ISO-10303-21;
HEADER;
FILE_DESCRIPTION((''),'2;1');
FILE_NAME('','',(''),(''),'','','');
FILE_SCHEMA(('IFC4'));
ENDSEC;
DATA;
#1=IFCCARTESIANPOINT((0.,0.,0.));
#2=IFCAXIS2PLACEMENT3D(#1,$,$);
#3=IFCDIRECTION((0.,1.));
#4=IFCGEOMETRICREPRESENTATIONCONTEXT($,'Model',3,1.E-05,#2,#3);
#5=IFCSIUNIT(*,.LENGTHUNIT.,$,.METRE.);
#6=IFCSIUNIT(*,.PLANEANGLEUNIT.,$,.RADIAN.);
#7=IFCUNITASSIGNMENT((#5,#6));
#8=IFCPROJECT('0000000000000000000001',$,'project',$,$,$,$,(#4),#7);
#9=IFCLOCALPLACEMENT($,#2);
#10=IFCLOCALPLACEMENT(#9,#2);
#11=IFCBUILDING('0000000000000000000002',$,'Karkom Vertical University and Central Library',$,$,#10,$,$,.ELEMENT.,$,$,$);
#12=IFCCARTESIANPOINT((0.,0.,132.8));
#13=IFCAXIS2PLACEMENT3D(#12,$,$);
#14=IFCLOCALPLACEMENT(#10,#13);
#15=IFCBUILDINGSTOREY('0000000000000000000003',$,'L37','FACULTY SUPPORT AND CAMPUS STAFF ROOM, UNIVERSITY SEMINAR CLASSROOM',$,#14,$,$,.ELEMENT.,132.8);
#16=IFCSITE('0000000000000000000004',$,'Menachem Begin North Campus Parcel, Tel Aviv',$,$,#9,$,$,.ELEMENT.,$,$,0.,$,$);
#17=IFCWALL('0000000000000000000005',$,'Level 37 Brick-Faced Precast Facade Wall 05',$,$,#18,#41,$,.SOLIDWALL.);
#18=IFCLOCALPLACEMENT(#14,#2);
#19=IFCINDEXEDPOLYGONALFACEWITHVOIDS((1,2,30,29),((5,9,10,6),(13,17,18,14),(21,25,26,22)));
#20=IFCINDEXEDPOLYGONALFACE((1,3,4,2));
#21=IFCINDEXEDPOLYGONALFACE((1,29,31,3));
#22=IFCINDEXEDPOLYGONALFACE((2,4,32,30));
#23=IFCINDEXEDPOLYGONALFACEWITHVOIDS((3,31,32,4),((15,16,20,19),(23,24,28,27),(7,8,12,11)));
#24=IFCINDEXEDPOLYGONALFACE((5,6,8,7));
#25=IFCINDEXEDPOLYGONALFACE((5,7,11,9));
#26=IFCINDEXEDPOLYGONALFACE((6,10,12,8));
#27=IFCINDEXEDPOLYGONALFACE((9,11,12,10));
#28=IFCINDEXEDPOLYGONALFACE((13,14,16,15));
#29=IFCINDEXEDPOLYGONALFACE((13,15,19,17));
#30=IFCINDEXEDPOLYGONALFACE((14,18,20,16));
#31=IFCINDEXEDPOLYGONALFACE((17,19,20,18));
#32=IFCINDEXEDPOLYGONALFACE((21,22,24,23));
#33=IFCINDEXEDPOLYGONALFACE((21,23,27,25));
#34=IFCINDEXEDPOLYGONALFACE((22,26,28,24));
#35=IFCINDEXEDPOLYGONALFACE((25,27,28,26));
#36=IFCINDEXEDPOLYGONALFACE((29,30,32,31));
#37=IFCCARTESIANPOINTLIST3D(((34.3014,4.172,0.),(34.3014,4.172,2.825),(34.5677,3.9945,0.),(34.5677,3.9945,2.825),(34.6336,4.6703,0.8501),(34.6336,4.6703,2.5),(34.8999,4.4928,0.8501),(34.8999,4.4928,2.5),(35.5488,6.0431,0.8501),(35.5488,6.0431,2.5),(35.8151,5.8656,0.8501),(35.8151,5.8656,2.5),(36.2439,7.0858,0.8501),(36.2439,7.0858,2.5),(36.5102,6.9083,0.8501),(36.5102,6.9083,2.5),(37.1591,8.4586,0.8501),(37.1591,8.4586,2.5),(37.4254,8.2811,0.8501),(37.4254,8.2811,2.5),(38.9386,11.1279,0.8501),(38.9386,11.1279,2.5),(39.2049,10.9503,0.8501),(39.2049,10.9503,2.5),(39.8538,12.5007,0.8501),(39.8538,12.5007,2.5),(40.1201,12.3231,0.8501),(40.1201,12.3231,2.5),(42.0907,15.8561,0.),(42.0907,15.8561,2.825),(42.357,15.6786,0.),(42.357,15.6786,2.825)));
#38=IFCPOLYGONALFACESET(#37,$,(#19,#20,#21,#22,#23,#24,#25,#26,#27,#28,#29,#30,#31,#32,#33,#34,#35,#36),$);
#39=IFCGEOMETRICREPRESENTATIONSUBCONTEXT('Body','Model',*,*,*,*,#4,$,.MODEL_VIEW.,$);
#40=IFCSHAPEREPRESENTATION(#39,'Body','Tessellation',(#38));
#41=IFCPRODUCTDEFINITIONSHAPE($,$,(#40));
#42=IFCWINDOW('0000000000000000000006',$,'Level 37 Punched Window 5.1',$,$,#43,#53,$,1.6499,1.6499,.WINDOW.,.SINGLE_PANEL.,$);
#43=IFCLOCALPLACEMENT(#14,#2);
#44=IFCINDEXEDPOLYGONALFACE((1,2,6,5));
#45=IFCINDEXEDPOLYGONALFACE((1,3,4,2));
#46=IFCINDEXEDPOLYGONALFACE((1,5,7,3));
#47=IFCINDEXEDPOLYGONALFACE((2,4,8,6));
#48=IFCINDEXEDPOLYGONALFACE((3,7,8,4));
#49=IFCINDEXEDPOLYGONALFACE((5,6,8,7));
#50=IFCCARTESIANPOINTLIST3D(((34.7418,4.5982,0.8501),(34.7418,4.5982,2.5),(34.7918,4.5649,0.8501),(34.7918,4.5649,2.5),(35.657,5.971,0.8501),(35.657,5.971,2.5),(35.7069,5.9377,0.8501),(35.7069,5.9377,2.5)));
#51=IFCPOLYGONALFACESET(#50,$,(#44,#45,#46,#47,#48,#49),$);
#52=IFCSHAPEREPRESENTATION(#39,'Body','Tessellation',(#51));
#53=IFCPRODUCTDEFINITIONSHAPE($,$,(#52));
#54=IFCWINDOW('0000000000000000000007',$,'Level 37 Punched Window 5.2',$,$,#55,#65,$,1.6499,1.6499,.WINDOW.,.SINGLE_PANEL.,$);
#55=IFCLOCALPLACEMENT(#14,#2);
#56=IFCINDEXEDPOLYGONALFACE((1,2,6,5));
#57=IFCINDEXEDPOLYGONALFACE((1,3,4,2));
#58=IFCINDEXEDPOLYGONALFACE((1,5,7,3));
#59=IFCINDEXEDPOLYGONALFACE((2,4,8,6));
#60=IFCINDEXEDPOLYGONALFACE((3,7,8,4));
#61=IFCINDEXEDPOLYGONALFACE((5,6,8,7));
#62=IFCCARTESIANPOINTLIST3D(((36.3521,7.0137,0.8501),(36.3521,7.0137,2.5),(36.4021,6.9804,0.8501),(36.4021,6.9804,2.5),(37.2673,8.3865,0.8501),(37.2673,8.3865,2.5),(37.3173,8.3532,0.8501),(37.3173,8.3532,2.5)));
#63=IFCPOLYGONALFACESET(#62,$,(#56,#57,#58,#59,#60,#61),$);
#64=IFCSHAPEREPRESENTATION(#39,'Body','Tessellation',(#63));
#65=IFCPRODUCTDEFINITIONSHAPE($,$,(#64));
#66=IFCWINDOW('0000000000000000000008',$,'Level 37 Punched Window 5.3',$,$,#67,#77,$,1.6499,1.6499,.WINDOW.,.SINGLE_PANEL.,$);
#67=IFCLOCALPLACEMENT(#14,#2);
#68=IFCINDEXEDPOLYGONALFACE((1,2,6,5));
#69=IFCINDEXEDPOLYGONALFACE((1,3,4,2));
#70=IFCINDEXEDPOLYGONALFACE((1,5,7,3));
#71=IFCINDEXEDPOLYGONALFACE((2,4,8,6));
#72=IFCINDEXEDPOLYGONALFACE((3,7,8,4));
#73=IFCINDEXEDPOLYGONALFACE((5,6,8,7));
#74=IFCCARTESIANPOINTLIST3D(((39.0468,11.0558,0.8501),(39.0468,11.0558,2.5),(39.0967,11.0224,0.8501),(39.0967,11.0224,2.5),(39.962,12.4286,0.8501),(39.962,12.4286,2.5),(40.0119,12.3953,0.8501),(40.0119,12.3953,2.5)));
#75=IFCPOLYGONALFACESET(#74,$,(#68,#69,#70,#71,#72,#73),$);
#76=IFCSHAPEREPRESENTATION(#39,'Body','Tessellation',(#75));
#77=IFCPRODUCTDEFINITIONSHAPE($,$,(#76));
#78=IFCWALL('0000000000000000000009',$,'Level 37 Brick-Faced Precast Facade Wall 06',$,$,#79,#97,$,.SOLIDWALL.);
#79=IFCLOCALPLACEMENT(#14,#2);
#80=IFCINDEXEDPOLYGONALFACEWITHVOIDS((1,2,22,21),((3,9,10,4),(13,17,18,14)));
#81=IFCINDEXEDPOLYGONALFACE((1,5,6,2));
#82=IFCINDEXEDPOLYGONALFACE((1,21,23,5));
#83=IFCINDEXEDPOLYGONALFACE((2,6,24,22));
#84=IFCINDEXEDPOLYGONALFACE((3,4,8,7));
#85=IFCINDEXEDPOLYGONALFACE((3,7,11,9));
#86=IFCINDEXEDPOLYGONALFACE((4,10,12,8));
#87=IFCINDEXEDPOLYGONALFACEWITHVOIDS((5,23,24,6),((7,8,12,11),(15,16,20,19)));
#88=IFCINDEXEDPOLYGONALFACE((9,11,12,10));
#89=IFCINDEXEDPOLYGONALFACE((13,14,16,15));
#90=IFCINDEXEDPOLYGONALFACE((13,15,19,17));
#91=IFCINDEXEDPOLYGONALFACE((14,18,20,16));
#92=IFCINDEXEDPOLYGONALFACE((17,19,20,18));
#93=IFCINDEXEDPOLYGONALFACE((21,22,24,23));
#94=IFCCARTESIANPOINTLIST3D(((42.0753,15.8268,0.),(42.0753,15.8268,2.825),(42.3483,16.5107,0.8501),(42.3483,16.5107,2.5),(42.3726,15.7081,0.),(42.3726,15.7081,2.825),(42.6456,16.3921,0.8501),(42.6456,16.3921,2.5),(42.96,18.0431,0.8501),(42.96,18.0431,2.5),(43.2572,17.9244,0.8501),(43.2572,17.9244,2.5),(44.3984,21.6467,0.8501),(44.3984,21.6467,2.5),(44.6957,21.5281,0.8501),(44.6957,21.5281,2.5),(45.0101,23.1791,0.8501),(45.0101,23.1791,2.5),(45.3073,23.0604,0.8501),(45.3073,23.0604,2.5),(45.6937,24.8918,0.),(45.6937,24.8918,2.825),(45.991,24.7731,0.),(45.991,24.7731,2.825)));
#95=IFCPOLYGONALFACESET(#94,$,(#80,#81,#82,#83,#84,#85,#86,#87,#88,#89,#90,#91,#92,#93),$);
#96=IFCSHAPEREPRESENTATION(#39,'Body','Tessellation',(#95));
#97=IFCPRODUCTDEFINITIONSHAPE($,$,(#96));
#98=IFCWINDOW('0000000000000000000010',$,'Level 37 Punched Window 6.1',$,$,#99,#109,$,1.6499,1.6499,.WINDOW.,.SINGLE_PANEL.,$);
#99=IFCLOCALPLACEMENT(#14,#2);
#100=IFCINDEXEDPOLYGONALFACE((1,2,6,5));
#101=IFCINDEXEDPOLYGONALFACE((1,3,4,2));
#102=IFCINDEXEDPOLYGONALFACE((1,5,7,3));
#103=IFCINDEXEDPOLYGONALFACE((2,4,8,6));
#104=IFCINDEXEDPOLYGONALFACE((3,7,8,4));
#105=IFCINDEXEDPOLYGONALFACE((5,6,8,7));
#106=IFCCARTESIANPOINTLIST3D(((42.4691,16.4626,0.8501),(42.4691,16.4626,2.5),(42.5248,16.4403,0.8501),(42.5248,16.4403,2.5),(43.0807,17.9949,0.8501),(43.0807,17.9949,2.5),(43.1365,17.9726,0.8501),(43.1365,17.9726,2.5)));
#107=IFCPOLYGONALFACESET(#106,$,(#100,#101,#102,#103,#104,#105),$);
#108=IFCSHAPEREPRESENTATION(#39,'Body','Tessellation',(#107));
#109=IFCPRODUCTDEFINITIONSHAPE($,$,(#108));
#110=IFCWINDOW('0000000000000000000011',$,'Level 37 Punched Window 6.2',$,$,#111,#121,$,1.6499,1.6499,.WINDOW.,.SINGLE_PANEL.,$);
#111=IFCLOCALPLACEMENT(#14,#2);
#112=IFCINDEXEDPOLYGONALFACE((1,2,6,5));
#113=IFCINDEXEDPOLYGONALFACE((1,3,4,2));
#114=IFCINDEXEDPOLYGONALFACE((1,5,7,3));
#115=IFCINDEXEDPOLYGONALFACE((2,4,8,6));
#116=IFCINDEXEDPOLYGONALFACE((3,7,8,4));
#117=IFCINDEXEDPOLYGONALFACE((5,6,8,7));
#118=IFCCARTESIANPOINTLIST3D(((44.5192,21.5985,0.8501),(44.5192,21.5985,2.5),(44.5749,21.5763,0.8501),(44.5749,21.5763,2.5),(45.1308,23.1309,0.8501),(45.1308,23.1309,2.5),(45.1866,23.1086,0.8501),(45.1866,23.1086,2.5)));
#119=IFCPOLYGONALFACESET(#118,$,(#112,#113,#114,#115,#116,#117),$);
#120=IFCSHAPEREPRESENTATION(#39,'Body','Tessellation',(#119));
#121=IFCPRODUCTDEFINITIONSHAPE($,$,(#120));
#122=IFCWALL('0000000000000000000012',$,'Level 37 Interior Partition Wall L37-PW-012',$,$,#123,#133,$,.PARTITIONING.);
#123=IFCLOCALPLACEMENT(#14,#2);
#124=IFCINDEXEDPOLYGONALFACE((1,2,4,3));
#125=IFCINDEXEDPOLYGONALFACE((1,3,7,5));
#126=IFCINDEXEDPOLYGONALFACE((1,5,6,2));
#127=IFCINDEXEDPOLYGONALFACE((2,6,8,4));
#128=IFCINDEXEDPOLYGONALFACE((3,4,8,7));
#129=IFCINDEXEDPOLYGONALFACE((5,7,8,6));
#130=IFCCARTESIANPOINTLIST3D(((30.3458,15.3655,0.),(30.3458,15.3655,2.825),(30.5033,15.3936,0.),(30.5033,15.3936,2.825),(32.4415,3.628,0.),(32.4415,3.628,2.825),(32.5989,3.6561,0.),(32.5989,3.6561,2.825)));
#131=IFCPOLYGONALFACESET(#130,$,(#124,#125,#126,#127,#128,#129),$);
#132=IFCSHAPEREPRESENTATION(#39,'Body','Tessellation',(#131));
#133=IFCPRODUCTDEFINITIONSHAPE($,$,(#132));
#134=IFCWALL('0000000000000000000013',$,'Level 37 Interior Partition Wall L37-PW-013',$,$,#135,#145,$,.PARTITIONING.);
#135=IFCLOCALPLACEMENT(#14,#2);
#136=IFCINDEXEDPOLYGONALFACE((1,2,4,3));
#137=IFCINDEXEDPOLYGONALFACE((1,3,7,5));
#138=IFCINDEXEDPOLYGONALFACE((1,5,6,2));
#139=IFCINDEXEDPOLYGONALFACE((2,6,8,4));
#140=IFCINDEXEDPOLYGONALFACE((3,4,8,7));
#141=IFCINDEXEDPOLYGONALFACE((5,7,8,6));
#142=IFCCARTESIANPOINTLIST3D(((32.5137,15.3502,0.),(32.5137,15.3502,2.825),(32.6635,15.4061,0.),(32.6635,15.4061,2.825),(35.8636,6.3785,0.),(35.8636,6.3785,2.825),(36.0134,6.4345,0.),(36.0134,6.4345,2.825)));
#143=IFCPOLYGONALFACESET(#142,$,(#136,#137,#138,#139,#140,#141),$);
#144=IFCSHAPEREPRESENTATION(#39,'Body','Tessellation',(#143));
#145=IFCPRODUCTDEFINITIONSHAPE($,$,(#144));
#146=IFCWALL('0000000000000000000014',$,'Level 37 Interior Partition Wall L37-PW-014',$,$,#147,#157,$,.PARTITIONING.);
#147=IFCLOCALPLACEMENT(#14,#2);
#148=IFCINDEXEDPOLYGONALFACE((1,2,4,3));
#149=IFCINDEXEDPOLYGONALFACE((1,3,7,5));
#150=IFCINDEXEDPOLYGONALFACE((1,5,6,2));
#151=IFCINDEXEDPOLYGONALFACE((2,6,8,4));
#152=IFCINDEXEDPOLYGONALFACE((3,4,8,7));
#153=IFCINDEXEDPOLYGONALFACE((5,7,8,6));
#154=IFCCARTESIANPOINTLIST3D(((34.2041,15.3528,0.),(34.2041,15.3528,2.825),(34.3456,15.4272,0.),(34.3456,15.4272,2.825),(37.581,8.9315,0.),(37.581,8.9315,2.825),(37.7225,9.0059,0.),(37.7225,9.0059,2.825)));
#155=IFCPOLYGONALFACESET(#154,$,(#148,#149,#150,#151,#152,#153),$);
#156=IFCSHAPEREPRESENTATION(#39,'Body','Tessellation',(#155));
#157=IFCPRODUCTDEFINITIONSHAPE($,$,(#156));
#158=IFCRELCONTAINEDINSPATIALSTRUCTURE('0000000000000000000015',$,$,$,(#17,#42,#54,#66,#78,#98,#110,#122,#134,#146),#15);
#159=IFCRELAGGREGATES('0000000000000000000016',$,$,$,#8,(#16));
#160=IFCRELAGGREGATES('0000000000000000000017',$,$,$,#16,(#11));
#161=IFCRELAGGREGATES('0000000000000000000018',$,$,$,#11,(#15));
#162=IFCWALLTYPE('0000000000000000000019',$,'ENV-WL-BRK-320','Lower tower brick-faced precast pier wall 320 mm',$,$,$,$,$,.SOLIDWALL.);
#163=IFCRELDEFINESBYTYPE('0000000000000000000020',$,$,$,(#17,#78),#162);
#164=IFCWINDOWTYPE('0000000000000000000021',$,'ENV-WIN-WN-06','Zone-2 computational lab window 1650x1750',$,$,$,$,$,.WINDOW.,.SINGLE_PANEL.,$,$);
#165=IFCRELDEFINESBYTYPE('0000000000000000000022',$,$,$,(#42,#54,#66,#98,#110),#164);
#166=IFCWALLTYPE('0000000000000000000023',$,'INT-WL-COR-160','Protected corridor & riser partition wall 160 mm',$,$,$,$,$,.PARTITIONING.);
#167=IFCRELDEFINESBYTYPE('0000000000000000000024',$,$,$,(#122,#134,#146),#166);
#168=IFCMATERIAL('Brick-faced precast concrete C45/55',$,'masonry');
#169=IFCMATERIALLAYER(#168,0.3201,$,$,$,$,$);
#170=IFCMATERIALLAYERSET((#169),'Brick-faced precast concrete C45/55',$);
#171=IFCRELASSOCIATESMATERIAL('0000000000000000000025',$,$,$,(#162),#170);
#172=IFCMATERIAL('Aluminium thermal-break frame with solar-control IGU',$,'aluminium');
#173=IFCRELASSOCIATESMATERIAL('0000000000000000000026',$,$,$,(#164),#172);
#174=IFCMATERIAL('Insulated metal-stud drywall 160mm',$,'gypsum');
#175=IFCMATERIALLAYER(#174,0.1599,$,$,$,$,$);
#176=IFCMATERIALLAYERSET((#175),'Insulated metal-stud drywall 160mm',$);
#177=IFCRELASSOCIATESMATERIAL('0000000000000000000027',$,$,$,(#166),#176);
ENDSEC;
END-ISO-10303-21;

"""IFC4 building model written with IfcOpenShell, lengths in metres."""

from ifc_helpers import new_model, si_unit, direction, frame, frame_2d, origin, origin_with_axes, place, context, subcontext, project, spatial, rectangle, extrude, source, transform, mapped, material, layer, layer_set, type_object, element, fill, save


model = new_model("IFC4")

# Units and contexts
model_context = context("Model", 3, precision=1e-05, world=origin(), true_north=direction((0.0, 1.0)))
body_context = subcontext(model_context, "Body", "Model", "MODEL_VIEW")
ifc_project = project(units=[si_unit("LENGTHUNIT", "METRE"), si_unit("PLANEANGLEUNIT", "RADIAN")], contexts=[model_context])

# Site, building, storey
site_placement = place(None, origin())
site = spatial("IfcSite", under=ifc_project, at=site_placement, Name="Menachem Begin North Campus Parcel, Tel Aviv", CompositionType="ELEMENT", RefElevation=0.0)
building_placement = place(site_placement, origin())
building = spatial("IfcBuilding", under=site, at=building_placement, Name="Karkom Vertical University and Central Library", CompositionType="ELEMENT")
storey_placement = place(building_placement, frame((0.0, 0.0, 132.8)))
storey = spatial("IfcBuildingStorey", under=building, at=storey_placement, Name="L37", Description="FACULTY SUPPORT AND CAMPUS STAFF ROOM, UNIVERSITY SEMINAR CLASSROOM", CompositionType="ELEMENT", Elevation=132.8)

# Walls, openings, windows
ifc_material_1 = material(Name="Brick-faced precast concrete C45/55", Category="masonry")
ifc_layer_1 = layer(ifc_material_1, 0.3201)
ifc_layer_set_1 = layer_set([ifc_layer_1], Name="Brick-faced precast concrete C45/55")
wall_type_1 = type_object("IfcWallType", Name="ENV-WL-BRK-320", Description="Lower tower brick-faced precast pier wall 320 mm", PredefinedType="SOLIDWALL", material=ifc_layer_set_1)
wall_1_placement = place(storey_placement, frame((34.4346, 4.0833, 0.0), z_axis=(0.0, 0.0, 1.0), x_axis=(0.554696, 0.832053, 0.0)))
wall_1 = element("IfcWall", 1, at=wall_1_placement, inside=storey, type_object=wall_type_1, Name="Level 37 Brick-Faced Precast Facade Wall 05", PredefinedType="SOLIDWALL", context=body_context, shape_type="SweptSolid", body=[
    extrude(rectangle(XDim=14.0425, YDim=0.3201, at=frame_2d((7.0212, 0.0))), origin(), (0.0, 0.0, 1.0), 2.825),
])
opening_1_placement = place(wall_1_placement, frame((0.5989, 0.0, 0.8501)))
opening_1 = element("IfcOpeningElement", 2, at=opening_1_placement, cuts=wall_1, PredefinedType="OPENING", context=body_context, shape_type="SweptSolid", body=[
    extrude(rectangle(XDim=1.6499, YDim=1.6499, at=frame_2d((0.825, 0.825))), frame((0.0, 0.1699, 0.0), z_axis=(0.0, -1.0, 0.0), x_axis=(1.0, 0.0, 0.0)), (0.0, 0.0, 1.0), 0.3401),
])
opening_2_placement = place(wall_1_placement, frame((3.502, 0.0, 0.8501)))
opening_2 = element("IfcOpeningElement", 3, at=opening_2_placement, cuts=wall_1, PredefinedType="OPENING", context=body_context, shape_type="SweptSolid", body=[
    extrude(rectangle(XDim=1.6499, YDim=1.6499, at=frame_2d((0.825, 0.825))), frame((0.0, 0.1699, 0.0), z_axis=(0.0, -1.0, 0.0), x_axis=(1.0, 0.0, 0.0)), (0.0, 0.0, 1.0), 0.3401),
])
opening_3_placement = place(wall_1_placement, frame((8.3599, 0.0, 0.8501)))
opening_3 = element("IfcOpeningElement", 4, at=opening_3_placement, cuts=wall_1, PredefinedType="OPENING", context=body_context, shape_type="SweptSolid", body=[
    extrude(rectangle(XDim=1.6499, YDim=1.6499, at=frame_2d((0.825, 0.825))), frame((0.0, 0.1699, 0.0), z_axis=(0.0, -1.0, 0.0), x_axis=(1.0, 0.0, 0.0)), (0.0, 0.0, 1.0), 0.3401),
])
ifc_material_2 = material(Name="Aluminium thermal-break frame with solar-control IGU", Category="aluminium")
window_type = type_object("IfcWindowType", Name="ENV-WIN-WN-06", Description="Zone-2 computational lab window 1650x1750", PartitioningType="SINGLE_PANEL", PredefinedType="WINDOW", material=ifc_material_2)
shared_shape_1 = source(origin_with_axes(), body_context, "Body", "SweptSolid", [
    extrude(rectangle(XDim=1.6499, YDim=1.6499, at=frame_2d((0.825, 0.825))), frame((0.0, 0.03, 0.0), z_axis=(0.0, -1.0, 0.0), x_axis=(1.0, 0.0, 0.0)), (0.0, 0.0, 1.0), 0.0601),
])
window_1_placement = place(opening_1_placement, origin())
window_1 = element("IfcWindow", 5, at=window_1_placement, inside=storey, type_object=window_type, Name="Level 37 Punched Window 5.1", OverallHeight=1.6499, OverallWidth=1.6499, PartitioningType="SINGLE_PANEL", PredefinedType="WINDOW", context=body_context, shape_type="MappedRepresentation", body=[
    mapped(shared_shape_1, transform((0.0, 0.0, 0.0), scale=1.0)),
])
fill(opening_1, window_1)
window_2_placement = place(opening_2_placement, origin())
window_2 = element("IfcWindow", 6, at=window_2_placement, inside=storey, type_object=window_type, Name="Level 37 Punched Window 5.2", OverallHeight=1.6499, OverallWidth=1.6499, PartitioningType="SINGLE_PANEL", PredefinedType="WINDOW", context=body_context, shape_type="MappedRepresentation", body=[
    mapped(shared_shape_1, transform((0.0, 0.0, 0.0), scale=1.0)),
])
fill(opening_2, window_2)
window_3_placement = place(opening_3_placement, origin())
window_3 = element("IfcWindow", 7, at=window_3_placement, inside=storey, type_object=window_type, Name="Level 37 Punched Window 5.3", OverallHeight=1.6499, OverallWidth=1.6499, PartitioningType="SINGLE_PANEL", PredefinedType="WINDOW", context=body_context, shape_type="MappedRepresentation", body=[
    mapped(shared_shape_1, transform((0.0, 0.0, 0.0), scale=1.0)),
])
fill(opening_3, window_3)
wall_2_placement = place(storey_placement, frame((42.2239, 15.7673, 0.0), z_axis=(0.0, 0.0, 1.0), x_axis=(0.370722, 0.928744, 0.0)))
wall_2 = element("IfcWall", 8, at=wall_2_placement, inside=storey, type_object=wall_type_1, Name="Level 37 Brick-Faced Precast Facade Wall 06", PredefinedType="SOLIDWALL", context=body_context, shape_type="SweptSolid", body=[
    extrude(rectangle(XDim=9.7605, YDim=0.3201, at=frame_2d((4.8804, 0.0))), origin(), (0.0, 0.0, 1.0), 2.825),
])
opening_4_placement = place(wall_2_placement, frame((0.7366, 0.0, 0.8501)))
opening_4 = element("IfcOpeningElement", 9, at=opening_4_placement, cuts=wall_2, PredefinedType="OPENING", context=body_context, shape_type="SweptSolid", body=[
    extrude(rectangle(XDim=1.6499, YDim=1.6499, at=frame_2d((0.825, 0.825))), frame((0.0, 0.1699, 0.0), z_axis=(0.0, -1.0, 0.0), x_axis=(1.0, 0.0, 0.0)), (0.0, 0.0, 1.0), 0.3401),
])
opening_5_placement = place(wall_2_placement, frame((6.2666, 0.0, 0.8501)))
opening_5 = element("IfcOpeningElement", 10, at=opening_5_placement, cuts=wall_2, PredefinedType="OPENING", context=body_context, shape_type="SweptSolid", body=[
    extrude(rectangle(XDim=1.6499, YDim=1.6499, at=frame_2d((0.825, 0.825))), frame((0.0, 0.1699, 0.0), z_axis=(0.0, -1.0, 0.0), x_axis=(1.0, 0.0, 0.0)), (0.0, 0.0, 1.0), 0.3401),
])
window_4_placement = place(opening_4_placement, origin())
window_4 = element("IfcWindow", 11, at=window_4_placement, inside=storey, type_object=window_type, Name="Level 37 Punched Window 6.1", OverallHeight=1.6499, OverallWidth=1.6499, PartitioningType="SINGLE_PANEL", PredefinedType="WINDOW", context=body_context, shape_type="MappedRepresentation", body=[
    mapped(shared_shape_1, transform((0.0, 0.0, 0.0), scale=1.0)),
])
fill(opening_4, window_4)
window_5_placement = place(opening_5_placement, origin())
window_5 = element("IfcWindow", 12, at=window_5_placement, inside=storey, type_object=window_type, Name="Level 37 Punched Window 6.2", OverallHeight=1.6499, OverallWidth=1.6499, PartitioningType="SINGLE_PANEL", PredefinedType="WINDOW", context=body_context, shape_type="MappedRepresentation", body=[
    mapped(shared_shape_1, transform((0.0, 0.0, 0.0), scale=1.0)),
])
fill(opening_5, window_5)

# Wall
ifc_material_3 = material(Name="Insulated metal-stud drywall 160mm", Category="gypsum")
ifc_layer_2 = layer(ifc_material_3, 0.1599)
ifc_layer_set_2 = layer_set([ifc_layer_2], Name="Insulated metal-stud drywall 160mm")
wall_type_2 = type_object("IfcWallType", Name="INT-WL-COR-160", Description="Protected corridor & riser partition wall 160 mm", PredefinedType="PARTITIONING", material=ifc_layer_set_2)
wall_3_placement = place(storey_placement, frame((30.4246, 15.3794, 0.0), z_axis=(0.0, 0.0, 1.0), x_axis=(0.175767, -0.984432, 0.0)))
element("IfcWall", 13, at=wall_3_placement, inside=storey, type_object=wall_type_2, Name="Level 37 Interior Partition Wall L37-PW-012", PredefinedType="PARTITIONING", context=body_context, shape_type="SweptSolid", body=[
    extrude(rectangle(XDim=11.9231, YDim=0.1599, at=frame_2d((5.9614, 0.0))), origin(), (0.0, 0.0, 1.0), 2.825),
])

# Walls
wall_4_placement = place(storey_placement, frame((32.5886, 15.3782, 0.0), z_axis=(0.0, 0.0, 1.0), x_axis=(0.349793, -0.936827, 0.0)))
element("IfcWall", 14, at=wall_4_placement, inside=storey, type_object=wall_type_2, Name="Level 37 Interior Partition Wall L37-PW-013", PredefinedType="PARTITIONING", context=body_context, shape_type="SweptSolid", body=[
    extrude(rectangle(XDim=9.5767, YDim=0.1599, at=frame_2d((4.7883, 0.0))), origin(), (0.0, 0.0, 1.0), 2.825),
])
wall_5_placement = place(storey_placement, frame((34.2749, 15.3899, 0.0), z_axis=(0.0, 0.0, 1.0), x_axis=(0.465452, -0.885073, 0.0)))
element("IfcWall", 15, at=wall_5_placement, inside=storey, type_object=wall_type_2, Name="Level 37 Interior Partition Wall L37-PW-014", PredefinedType="PARTITIONING", context=body_context, shape_type="SweptSolid", body=[
    extrude(rectangle(XDim=7.2551, YDim=0.1599, at=frame_2d((3.6274, 0.0))), origin(), (0.0, 0.0, 1.0), 2.825),
])

save(model, "model.ifc")
